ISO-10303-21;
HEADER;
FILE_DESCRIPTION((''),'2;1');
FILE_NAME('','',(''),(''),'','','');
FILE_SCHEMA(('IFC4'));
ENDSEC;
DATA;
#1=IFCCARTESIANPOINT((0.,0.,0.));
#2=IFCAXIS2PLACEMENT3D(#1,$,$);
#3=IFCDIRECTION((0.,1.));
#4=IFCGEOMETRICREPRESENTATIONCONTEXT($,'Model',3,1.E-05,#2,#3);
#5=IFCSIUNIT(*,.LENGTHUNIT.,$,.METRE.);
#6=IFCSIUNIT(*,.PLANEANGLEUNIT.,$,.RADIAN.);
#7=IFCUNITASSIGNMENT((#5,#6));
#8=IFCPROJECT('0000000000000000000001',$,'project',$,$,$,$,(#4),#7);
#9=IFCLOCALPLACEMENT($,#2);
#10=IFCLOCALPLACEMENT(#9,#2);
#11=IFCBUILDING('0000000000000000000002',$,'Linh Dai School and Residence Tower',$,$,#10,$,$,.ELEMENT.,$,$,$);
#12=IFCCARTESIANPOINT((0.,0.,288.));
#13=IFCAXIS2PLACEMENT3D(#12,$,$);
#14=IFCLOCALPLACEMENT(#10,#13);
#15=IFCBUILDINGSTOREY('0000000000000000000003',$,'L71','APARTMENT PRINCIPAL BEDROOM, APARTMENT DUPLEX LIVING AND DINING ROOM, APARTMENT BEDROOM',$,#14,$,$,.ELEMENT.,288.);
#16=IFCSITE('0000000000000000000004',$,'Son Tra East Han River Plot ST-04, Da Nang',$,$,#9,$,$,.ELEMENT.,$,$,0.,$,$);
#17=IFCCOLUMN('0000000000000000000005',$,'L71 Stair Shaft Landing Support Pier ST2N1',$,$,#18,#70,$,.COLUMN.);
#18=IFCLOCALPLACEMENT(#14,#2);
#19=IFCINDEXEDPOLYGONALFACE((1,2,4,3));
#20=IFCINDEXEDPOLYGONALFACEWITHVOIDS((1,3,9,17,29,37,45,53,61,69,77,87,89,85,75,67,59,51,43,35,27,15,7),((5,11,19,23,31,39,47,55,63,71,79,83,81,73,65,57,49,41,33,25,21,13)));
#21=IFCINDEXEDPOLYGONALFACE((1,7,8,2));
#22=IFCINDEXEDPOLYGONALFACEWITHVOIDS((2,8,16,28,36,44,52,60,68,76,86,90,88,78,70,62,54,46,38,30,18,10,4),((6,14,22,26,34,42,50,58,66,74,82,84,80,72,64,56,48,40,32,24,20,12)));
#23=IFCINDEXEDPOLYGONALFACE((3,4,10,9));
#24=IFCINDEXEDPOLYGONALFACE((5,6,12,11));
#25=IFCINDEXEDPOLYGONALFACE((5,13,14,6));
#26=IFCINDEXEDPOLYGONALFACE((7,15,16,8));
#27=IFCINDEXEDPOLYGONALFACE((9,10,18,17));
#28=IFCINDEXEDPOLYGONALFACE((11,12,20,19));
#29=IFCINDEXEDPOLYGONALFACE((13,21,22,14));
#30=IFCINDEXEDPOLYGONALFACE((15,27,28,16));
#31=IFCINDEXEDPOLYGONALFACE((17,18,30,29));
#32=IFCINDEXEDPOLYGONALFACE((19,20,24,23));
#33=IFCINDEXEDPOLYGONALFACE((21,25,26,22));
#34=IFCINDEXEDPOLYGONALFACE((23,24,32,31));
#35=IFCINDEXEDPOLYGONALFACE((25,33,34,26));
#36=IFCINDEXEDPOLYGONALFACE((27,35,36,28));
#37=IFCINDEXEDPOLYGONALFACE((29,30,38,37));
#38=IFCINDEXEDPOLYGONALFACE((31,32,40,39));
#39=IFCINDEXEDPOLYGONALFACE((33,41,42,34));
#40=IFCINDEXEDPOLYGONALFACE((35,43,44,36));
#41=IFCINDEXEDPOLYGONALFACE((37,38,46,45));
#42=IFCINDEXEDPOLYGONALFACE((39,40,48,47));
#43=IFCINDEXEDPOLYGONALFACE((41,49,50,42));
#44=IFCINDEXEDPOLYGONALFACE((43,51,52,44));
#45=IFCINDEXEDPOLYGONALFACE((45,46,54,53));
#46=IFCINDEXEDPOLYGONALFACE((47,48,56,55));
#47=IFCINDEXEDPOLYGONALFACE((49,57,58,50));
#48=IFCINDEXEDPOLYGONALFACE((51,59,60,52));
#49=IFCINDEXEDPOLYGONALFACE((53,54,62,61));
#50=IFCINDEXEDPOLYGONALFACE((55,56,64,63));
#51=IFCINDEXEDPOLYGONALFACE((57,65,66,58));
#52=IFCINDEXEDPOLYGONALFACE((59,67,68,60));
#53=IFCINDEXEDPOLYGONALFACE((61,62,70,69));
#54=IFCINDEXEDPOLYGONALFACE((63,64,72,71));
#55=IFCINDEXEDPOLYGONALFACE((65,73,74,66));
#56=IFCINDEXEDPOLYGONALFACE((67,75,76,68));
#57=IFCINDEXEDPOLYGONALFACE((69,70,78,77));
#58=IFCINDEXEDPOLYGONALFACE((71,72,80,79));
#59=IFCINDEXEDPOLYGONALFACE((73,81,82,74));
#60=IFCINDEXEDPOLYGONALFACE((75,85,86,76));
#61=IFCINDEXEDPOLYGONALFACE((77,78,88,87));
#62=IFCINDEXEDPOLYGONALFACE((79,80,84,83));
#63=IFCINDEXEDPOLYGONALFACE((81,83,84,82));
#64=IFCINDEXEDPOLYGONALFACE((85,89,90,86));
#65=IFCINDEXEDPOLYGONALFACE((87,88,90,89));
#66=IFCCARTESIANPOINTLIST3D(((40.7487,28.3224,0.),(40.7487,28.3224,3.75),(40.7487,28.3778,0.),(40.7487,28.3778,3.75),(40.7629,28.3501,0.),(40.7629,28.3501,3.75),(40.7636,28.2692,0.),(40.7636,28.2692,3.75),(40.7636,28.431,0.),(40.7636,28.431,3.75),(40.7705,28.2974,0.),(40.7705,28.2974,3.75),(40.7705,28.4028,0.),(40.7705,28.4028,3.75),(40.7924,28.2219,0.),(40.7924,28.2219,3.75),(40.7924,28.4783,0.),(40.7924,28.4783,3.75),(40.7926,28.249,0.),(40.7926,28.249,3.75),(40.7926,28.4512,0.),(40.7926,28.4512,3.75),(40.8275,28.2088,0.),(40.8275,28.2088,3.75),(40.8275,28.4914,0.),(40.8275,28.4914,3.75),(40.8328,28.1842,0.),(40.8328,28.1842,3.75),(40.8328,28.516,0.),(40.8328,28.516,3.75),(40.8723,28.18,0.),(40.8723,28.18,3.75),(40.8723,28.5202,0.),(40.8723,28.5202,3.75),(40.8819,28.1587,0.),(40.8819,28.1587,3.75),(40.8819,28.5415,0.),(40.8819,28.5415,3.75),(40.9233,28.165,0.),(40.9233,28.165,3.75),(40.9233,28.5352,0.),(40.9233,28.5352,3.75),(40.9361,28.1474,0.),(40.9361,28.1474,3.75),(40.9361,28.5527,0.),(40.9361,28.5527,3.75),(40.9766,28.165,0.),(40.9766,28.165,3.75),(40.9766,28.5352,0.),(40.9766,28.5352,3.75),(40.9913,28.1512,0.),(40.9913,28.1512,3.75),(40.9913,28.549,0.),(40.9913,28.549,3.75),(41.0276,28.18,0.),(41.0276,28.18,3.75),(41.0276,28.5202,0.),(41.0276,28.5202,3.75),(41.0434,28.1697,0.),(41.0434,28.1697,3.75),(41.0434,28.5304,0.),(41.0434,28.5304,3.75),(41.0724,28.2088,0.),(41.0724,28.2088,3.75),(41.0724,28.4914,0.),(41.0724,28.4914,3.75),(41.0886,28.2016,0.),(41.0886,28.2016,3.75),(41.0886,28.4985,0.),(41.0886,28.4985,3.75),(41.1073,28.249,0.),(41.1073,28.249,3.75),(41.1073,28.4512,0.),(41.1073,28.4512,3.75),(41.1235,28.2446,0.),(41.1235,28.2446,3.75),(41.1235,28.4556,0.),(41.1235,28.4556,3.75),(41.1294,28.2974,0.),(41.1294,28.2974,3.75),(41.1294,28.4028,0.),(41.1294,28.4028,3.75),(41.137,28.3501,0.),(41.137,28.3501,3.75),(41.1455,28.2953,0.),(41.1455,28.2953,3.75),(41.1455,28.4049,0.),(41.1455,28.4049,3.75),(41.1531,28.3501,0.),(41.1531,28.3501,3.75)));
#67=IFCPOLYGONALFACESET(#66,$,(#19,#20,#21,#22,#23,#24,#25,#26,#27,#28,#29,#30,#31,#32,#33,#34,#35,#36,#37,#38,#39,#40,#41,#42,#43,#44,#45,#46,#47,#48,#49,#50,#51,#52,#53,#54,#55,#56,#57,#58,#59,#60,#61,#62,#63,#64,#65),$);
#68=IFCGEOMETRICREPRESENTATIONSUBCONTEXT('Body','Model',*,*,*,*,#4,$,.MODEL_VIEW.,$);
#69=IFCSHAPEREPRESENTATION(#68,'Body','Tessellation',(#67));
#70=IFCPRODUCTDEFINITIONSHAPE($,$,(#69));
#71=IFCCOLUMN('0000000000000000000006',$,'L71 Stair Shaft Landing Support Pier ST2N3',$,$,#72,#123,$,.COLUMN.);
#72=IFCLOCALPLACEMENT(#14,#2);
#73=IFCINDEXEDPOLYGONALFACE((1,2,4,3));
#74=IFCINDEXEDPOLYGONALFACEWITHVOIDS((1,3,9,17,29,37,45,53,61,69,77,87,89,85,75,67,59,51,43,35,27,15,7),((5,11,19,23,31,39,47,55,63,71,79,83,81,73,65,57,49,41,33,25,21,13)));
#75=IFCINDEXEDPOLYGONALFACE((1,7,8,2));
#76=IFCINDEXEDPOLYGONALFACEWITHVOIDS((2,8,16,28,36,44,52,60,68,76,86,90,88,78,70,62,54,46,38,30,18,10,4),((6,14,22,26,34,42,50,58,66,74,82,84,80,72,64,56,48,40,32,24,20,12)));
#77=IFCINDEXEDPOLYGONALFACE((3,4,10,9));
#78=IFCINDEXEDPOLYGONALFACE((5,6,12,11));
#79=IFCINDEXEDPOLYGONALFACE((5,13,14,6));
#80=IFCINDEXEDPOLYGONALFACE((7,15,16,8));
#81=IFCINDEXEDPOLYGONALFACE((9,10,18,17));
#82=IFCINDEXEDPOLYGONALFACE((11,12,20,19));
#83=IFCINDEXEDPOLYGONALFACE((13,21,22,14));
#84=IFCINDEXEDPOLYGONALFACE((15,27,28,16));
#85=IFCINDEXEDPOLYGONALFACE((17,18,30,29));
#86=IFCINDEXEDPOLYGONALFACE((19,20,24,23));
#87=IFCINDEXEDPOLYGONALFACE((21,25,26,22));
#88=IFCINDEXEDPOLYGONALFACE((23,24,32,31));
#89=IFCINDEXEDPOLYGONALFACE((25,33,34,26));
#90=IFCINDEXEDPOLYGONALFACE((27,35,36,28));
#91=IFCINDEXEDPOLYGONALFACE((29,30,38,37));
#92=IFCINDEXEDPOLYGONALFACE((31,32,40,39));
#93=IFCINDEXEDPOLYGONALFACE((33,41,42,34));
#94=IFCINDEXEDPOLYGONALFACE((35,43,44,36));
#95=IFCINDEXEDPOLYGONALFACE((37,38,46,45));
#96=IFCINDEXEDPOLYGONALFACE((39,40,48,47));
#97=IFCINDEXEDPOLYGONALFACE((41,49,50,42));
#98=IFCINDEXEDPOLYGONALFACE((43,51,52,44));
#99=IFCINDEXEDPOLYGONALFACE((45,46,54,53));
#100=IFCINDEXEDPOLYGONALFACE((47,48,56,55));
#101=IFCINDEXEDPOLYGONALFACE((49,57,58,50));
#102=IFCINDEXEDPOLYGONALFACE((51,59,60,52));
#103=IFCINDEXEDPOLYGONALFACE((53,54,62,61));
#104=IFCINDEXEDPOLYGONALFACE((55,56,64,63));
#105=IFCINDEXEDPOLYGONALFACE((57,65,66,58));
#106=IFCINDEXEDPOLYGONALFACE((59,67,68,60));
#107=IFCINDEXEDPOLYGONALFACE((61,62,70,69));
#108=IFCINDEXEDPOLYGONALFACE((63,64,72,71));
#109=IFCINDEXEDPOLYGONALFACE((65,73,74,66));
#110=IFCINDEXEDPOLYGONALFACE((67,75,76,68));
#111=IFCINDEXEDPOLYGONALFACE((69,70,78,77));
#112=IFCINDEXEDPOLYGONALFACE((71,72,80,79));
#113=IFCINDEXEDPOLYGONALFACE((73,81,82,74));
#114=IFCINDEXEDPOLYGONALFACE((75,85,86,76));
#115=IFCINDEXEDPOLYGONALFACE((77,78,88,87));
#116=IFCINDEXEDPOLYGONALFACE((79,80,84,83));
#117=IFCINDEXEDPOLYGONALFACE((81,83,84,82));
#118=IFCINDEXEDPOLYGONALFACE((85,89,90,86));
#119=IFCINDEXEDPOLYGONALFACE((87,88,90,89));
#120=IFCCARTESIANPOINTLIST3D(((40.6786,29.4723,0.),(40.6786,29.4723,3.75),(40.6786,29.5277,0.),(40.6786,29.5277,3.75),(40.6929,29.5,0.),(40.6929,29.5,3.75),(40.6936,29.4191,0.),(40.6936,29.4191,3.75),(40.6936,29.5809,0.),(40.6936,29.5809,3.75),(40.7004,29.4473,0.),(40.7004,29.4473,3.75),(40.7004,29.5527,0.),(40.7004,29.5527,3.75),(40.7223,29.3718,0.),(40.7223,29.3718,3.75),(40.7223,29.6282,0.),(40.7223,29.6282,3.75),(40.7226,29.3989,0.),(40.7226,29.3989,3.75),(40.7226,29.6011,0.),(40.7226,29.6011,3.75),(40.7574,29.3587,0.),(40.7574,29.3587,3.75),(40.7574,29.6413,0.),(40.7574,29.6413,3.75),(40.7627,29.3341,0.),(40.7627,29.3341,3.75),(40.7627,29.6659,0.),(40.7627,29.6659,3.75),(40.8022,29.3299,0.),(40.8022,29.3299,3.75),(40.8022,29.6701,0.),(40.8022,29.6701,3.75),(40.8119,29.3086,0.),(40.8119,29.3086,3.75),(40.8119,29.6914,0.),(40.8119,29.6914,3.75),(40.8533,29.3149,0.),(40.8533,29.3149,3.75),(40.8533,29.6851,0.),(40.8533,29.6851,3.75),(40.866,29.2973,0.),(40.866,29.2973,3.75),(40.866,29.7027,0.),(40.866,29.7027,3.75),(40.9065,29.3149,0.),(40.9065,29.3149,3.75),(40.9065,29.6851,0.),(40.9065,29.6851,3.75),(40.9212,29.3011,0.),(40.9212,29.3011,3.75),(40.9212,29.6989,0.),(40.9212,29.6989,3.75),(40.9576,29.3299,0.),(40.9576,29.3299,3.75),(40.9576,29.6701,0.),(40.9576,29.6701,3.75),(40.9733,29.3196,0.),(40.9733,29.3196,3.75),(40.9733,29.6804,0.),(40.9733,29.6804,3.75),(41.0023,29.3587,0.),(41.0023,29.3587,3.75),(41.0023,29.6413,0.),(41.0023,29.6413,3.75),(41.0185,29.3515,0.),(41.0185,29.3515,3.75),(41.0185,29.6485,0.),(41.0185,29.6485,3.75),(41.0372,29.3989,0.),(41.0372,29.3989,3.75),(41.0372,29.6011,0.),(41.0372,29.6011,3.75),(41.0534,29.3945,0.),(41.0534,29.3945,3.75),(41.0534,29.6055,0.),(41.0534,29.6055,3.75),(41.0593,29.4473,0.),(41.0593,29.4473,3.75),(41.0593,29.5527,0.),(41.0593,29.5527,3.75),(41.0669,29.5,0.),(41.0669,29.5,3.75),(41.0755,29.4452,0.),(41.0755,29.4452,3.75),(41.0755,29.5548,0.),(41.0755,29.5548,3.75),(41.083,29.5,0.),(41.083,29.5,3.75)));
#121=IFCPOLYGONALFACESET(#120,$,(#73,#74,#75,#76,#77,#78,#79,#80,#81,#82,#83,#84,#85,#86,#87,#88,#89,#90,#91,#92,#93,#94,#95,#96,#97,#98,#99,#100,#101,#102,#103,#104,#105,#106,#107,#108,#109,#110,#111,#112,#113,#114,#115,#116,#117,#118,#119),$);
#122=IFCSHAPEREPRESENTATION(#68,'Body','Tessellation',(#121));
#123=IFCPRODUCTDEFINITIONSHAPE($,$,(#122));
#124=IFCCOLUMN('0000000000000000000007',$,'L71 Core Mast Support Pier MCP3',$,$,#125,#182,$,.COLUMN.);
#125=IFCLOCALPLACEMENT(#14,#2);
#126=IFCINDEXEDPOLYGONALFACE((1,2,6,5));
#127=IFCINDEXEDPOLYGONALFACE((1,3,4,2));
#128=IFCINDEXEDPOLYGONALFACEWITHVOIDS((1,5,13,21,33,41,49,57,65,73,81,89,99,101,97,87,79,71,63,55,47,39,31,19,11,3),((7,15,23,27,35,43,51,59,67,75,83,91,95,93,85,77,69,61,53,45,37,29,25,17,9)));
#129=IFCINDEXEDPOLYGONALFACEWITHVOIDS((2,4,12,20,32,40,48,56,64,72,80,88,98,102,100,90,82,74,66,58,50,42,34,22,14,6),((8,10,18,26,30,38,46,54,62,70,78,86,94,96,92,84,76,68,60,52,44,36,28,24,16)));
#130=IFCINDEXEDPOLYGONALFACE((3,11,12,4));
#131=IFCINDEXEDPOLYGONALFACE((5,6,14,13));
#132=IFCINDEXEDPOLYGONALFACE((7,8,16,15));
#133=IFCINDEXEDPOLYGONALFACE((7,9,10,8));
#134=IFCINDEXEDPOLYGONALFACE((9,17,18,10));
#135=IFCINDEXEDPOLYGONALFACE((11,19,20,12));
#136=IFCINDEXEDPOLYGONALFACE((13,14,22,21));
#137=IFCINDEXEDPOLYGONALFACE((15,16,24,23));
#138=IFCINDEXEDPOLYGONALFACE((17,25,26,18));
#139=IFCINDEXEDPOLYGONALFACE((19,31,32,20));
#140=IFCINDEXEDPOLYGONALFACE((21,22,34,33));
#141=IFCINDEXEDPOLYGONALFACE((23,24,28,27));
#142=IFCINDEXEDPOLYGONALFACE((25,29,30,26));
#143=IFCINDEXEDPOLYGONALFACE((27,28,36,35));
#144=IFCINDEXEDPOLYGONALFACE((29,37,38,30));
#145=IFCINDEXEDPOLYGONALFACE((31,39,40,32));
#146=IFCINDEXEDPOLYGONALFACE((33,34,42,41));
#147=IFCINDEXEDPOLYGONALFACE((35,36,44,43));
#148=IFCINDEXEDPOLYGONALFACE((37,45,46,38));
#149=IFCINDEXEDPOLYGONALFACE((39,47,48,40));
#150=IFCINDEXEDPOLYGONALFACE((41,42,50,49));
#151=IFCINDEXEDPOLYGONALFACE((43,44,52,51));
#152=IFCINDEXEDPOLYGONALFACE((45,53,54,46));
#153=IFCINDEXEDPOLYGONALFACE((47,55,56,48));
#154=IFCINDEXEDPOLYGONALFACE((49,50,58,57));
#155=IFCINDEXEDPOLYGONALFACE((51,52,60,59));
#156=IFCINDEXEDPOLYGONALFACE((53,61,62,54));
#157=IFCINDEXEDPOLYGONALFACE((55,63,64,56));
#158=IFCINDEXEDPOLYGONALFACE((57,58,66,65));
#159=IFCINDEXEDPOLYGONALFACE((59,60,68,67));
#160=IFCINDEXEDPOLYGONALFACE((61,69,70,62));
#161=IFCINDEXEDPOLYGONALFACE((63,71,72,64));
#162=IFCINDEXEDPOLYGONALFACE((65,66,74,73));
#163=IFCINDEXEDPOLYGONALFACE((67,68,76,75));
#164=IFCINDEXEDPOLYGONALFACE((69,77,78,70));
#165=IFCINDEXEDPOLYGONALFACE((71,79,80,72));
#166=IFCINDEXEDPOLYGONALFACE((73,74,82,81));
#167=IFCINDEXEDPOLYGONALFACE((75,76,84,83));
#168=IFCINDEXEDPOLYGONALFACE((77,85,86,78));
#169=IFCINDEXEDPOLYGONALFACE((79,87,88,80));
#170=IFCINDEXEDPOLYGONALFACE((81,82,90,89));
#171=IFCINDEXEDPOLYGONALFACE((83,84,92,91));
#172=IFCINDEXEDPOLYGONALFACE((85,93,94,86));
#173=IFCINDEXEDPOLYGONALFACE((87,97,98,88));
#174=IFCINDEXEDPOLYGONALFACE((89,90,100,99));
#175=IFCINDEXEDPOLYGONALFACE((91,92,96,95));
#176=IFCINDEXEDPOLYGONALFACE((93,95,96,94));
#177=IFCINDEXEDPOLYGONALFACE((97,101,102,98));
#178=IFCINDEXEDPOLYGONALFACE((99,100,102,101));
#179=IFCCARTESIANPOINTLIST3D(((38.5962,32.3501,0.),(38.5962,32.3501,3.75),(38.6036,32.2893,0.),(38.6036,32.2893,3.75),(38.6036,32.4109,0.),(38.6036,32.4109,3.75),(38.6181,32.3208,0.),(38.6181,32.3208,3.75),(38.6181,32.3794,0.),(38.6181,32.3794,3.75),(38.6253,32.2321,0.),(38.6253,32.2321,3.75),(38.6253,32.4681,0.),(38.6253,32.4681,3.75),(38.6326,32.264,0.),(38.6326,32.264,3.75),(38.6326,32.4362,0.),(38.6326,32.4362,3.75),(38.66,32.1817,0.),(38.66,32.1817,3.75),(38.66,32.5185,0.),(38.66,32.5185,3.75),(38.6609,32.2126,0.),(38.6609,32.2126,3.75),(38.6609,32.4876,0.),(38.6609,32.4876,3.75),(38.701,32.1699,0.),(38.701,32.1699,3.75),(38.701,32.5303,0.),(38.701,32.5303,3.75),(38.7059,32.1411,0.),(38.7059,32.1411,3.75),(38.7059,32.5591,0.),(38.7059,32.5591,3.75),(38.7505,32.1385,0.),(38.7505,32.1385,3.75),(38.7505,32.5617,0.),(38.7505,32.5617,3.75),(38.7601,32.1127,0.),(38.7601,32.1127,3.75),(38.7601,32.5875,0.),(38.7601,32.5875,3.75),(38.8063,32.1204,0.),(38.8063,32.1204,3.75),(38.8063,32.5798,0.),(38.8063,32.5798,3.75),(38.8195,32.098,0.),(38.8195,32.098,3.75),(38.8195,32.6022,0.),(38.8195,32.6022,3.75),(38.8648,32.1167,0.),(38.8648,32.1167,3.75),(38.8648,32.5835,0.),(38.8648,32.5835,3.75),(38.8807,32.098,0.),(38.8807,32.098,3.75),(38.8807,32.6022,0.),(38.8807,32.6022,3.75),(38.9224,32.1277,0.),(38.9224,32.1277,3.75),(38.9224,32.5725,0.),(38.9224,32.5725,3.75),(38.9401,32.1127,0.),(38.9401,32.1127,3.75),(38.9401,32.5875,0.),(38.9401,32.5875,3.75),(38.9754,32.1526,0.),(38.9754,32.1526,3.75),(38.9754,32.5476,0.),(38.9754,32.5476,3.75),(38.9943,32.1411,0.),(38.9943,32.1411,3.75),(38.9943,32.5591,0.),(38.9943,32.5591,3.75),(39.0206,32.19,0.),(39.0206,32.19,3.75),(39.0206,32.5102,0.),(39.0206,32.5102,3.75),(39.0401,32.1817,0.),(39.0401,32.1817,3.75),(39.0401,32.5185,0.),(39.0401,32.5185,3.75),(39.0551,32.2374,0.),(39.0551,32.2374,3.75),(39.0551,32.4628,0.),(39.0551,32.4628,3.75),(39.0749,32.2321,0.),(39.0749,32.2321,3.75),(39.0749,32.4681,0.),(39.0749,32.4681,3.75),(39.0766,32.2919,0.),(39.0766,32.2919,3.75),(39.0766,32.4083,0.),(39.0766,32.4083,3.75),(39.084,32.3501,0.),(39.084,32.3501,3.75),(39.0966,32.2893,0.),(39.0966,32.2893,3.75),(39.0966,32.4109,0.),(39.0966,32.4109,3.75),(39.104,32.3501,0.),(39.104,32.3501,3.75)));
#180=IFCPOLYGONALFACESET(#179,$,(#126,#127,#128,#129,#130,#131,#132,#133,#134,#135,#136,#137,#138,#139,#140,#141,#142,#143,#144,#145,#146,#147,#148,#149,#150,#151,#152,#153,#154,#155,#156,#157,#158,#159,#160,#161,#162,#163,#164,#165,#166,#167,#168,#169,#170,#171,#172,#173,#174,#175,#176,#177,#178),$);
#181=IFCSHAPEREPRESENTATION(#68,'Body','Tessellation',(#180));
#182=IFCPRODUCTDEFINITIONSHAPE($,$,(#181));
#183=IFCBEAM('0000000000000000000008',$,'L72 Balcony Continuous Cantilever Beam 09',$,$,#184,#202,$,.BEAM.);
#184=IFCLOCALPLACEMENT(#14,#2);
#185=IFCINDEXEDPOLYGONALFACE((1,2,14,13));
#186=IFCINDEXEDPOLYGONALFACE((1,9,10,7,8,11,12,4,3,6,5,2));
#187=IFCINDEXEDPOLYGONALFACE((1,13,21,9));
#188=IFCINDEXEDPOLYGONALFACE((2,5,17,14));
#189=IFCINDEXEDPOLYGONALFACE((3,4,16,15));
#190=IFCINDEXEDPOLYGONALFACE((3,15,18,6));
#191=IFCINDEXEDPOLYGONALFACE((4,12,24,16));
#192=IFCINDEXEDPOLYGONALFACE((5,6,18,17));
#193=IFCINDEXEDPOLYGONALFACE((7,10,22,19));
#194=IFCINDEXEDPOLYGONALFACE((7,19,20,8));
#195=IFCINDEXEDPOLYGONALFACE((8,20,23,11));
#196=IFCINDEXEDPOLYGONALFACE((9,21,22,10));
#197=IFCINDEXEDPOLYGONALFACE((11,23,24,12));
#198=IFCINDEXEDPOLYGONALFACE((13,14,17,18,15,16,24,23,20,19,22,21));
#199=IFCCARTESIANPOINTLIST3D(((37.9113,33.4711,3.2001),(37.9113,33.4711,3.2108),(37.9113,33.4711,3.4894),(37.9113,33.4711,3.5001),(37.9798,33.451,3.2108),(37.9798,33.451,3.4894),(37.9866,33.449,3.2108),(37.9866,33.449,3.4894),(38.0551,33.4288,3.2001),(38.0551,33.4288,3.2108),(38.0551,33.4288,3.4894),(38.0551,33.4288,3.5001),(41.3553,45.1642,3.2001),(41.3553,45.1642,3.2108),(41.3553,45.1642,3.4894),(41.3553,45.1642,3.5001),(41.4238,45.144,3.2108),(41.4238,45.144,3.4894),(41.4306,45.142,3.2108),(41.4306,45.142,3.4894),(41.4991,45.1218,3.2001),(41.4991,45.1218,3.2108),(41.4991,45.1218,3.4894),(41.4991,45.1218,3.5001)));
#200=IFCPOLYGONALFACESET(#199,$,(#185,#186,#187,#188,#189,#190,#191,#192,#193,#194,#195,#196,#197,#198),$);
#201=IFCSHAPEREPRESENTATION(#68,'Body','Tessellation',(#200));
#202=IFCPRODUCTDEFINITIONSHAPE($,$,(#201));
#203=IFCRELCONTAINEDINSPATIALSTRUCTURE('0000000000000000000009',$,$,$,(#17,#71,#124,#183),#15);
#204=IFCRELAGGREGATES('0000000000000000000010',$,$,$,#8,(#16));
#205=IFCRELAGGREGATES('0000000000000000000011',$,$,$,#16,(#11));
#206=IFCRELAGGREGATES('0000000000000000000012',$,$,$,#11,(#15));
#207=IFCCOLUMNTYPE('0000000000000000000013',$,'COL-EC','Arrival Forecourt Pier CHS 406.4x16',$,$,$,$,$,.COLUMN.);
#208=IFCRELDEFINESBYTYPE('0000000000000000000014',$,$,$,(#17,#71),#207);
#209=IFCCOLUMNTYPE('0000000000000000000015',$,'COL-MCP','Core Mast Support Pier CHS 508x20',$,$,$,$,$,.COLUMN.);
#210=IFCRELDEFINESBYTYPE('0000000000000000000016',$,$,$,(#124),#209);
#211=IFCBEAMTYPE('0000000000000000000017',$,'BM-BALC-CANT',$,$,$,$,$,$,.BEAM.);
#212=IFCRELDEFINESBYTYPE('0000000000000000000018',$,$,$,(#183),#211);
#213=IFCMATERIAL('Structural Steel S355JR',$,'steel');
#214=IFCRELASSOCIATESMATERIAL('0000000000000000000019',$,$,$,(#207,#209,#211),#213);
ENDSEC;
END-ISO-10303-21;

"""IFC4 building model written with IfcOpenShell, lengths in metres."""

from ifc_helpers import new_model, si_unit, direction, frame, origin, origin_2d, place, context, subcontext, project, spatial, hollow_circle, i_section, extrude, material, material_profile, profile_set, type_object, element, save


model = new_model("IFC4")

# Units and contexts
model_context = context("Model", 3, precision=1e-05, world=origin(), true_north=direction((0.0, 1.0)))
body_context = subcontext(model_context, "Body", "Model", "MODEL_VIEW")
ifc_project = project(units=[si_unit("LENGTHUNIT", "METRE"), si_unit("PLANEANGLEUNIT", "RADIAN")], contexts=[model_context])

# Site, building, storey
site_placement = place(None, origin())
site = spatial("IfcSite", under=ifc_project, at=site_placement, Name="Son Tra East Han River Plot ST-04, Da Nang", CompositionType="ELEMENT", RefElevation=0.0)
building_placement = place(site_placement, origin())
building = spatial("IfcBuilding", under=site, at=building_placement, Name="Linh Dai School and Residence Tower", CompositionType="ELEMENT")
storey_placement = place(building_placement, frame((0.0, 0.0, 288.0)))
storey = spatial("IfcBuildingStorey", under=building, at=storey_placement, Name="L71", Description="APARTMENT PRINCIPAL BEDROOM, APARTMENT DUPLEX LIVING AND DINING ROOM, APARTMENT BEDROOM", CompositionType="ELEMENT", Elevation=288.0)

# Columns
ifc_material_1 = material(Name="Structural Steel S355JR", Category="steel")
ifc_material_profile_1 = material_profile(ifc_material_1, hollow_circle(Radius=0.2031, WallThickness=0.0161, at=origin_2d()), Name="CHS 406.4x16")
ifc_profile_set_1 = profile_set([ifc_material_profile_1], Name="Structural Steel S355JR")
column_type_1 = type_object("IfcColumnType", Name="COL-EC", Description="Arrival Forecourt Pier CHS 406.4x16", PredefinedType="COLUMN", material=ifc_profile_set_1)
for number, where, z_axis, x_axis, name in (
    (1, (40.95, 28.3501, 0.0), (0.0, 0.0, 1.0), (1.0, 0.0, 0.0), "L71 Stair Shaft Landing Support Pier ST2N1"),
    (2, (40.8799, 29.5, 0.0), (0.0, 0.0, 1.0), (1.0, 0.0, 0.0), "L71 Stair Shaft Landing Support Pier ST2N3"),
):
    element("IfcColumn", number, at=place(storey_placement, frame(where, z_axis=z_axis, x_axis=x_axis)), inside=storey, type_object=column_type_1, Name=name, PredefinedType="COLUMN", context=body_context, shape_type="SweptSolid", body=[
        extrude(hollow_circle(Radius=0.2031, WallThickness=0.0161, at=origin_2d()), origin(), (0.0, 0.0, 1.0), 3.75),
    ])
ifc_material_profile_2 = material_profile(ifc_material_1, hollow_circle(Radius=0.2539, WallThickness=0.02, at=origin_2d()), Name="CHS 508x20")
ifc_profile_set_2 = profile_set([ifc_material_profile_2], Name="Structural Steel S355JR")
column_type_2 = type_object("IfcColumnType", Name="COL-MCP", Description="Core Mast Support Pier CHS 508x20", PredefinedType="COLUMN", material=ifc_profile_set_2)
column_placement = place(storey_placement, frame((38.8501, 32.3501, 0.0), z_axis=(0.0, 0.0, 1.0), x_axis=(1.0, 0.0, 0.0)))
element("IfcColumn", 3, at=column_placement, inside=storey, type_object=column_type_2, Name="L71 Core Mast Support Pier MCP3", PredefinedType="COLUMN", context=body_context, shape_type="SweptSolid", body=[
    extrude(hollow_circle(Radius=0.2539, WallThickness=0.02, at=origin_2d()), origin(), (0.0, 0.0, 1.0), 3.75),
])

# Beam
ifc_material_profile_3 = material_profile(ifc_material_1, i_section(OverallWidth=0.1499, OverallDepth=0.3, WebThickness=0.0071, FlangeThickness=0.0107, at=origin_2d()), Name="IPE 300")
ifc_profile_set_3 = profile_set([ifc_material_profile_3], Name="Structural Steel S355JR")
beam_type_1 = type_object("IfcBeamType", Name="BM-BALC-CANT", PredefinedType="BEAM", material=ifc_profile_set_3)
beam_1_placement = place(storey_placement, frame((37.9832, 33.45, 3.3501), z_axis=(0.282539, 0.959256, 0.0), x_axis=(-0.959256, 0.282539, 0.0)))
element("IfcBeam", 4, at=beam_1_placement, inside=storey, type_object=beam_type_1, Name="L72 Balcony Continuous Cantilever Beam 09", PredefinedType="BEAM", context=body_context, shape_type="SweptSolid", body=[
    extrude(i_section(OverallWidth=0.1499, OverallDepth=0.3, WebThickness=0.0071, FlangeThickness=0.0107, at=origin_2d()), origin(), (0.0, 0.0, 1.0), 12.1897),
])

save(model, "model.ifc")
